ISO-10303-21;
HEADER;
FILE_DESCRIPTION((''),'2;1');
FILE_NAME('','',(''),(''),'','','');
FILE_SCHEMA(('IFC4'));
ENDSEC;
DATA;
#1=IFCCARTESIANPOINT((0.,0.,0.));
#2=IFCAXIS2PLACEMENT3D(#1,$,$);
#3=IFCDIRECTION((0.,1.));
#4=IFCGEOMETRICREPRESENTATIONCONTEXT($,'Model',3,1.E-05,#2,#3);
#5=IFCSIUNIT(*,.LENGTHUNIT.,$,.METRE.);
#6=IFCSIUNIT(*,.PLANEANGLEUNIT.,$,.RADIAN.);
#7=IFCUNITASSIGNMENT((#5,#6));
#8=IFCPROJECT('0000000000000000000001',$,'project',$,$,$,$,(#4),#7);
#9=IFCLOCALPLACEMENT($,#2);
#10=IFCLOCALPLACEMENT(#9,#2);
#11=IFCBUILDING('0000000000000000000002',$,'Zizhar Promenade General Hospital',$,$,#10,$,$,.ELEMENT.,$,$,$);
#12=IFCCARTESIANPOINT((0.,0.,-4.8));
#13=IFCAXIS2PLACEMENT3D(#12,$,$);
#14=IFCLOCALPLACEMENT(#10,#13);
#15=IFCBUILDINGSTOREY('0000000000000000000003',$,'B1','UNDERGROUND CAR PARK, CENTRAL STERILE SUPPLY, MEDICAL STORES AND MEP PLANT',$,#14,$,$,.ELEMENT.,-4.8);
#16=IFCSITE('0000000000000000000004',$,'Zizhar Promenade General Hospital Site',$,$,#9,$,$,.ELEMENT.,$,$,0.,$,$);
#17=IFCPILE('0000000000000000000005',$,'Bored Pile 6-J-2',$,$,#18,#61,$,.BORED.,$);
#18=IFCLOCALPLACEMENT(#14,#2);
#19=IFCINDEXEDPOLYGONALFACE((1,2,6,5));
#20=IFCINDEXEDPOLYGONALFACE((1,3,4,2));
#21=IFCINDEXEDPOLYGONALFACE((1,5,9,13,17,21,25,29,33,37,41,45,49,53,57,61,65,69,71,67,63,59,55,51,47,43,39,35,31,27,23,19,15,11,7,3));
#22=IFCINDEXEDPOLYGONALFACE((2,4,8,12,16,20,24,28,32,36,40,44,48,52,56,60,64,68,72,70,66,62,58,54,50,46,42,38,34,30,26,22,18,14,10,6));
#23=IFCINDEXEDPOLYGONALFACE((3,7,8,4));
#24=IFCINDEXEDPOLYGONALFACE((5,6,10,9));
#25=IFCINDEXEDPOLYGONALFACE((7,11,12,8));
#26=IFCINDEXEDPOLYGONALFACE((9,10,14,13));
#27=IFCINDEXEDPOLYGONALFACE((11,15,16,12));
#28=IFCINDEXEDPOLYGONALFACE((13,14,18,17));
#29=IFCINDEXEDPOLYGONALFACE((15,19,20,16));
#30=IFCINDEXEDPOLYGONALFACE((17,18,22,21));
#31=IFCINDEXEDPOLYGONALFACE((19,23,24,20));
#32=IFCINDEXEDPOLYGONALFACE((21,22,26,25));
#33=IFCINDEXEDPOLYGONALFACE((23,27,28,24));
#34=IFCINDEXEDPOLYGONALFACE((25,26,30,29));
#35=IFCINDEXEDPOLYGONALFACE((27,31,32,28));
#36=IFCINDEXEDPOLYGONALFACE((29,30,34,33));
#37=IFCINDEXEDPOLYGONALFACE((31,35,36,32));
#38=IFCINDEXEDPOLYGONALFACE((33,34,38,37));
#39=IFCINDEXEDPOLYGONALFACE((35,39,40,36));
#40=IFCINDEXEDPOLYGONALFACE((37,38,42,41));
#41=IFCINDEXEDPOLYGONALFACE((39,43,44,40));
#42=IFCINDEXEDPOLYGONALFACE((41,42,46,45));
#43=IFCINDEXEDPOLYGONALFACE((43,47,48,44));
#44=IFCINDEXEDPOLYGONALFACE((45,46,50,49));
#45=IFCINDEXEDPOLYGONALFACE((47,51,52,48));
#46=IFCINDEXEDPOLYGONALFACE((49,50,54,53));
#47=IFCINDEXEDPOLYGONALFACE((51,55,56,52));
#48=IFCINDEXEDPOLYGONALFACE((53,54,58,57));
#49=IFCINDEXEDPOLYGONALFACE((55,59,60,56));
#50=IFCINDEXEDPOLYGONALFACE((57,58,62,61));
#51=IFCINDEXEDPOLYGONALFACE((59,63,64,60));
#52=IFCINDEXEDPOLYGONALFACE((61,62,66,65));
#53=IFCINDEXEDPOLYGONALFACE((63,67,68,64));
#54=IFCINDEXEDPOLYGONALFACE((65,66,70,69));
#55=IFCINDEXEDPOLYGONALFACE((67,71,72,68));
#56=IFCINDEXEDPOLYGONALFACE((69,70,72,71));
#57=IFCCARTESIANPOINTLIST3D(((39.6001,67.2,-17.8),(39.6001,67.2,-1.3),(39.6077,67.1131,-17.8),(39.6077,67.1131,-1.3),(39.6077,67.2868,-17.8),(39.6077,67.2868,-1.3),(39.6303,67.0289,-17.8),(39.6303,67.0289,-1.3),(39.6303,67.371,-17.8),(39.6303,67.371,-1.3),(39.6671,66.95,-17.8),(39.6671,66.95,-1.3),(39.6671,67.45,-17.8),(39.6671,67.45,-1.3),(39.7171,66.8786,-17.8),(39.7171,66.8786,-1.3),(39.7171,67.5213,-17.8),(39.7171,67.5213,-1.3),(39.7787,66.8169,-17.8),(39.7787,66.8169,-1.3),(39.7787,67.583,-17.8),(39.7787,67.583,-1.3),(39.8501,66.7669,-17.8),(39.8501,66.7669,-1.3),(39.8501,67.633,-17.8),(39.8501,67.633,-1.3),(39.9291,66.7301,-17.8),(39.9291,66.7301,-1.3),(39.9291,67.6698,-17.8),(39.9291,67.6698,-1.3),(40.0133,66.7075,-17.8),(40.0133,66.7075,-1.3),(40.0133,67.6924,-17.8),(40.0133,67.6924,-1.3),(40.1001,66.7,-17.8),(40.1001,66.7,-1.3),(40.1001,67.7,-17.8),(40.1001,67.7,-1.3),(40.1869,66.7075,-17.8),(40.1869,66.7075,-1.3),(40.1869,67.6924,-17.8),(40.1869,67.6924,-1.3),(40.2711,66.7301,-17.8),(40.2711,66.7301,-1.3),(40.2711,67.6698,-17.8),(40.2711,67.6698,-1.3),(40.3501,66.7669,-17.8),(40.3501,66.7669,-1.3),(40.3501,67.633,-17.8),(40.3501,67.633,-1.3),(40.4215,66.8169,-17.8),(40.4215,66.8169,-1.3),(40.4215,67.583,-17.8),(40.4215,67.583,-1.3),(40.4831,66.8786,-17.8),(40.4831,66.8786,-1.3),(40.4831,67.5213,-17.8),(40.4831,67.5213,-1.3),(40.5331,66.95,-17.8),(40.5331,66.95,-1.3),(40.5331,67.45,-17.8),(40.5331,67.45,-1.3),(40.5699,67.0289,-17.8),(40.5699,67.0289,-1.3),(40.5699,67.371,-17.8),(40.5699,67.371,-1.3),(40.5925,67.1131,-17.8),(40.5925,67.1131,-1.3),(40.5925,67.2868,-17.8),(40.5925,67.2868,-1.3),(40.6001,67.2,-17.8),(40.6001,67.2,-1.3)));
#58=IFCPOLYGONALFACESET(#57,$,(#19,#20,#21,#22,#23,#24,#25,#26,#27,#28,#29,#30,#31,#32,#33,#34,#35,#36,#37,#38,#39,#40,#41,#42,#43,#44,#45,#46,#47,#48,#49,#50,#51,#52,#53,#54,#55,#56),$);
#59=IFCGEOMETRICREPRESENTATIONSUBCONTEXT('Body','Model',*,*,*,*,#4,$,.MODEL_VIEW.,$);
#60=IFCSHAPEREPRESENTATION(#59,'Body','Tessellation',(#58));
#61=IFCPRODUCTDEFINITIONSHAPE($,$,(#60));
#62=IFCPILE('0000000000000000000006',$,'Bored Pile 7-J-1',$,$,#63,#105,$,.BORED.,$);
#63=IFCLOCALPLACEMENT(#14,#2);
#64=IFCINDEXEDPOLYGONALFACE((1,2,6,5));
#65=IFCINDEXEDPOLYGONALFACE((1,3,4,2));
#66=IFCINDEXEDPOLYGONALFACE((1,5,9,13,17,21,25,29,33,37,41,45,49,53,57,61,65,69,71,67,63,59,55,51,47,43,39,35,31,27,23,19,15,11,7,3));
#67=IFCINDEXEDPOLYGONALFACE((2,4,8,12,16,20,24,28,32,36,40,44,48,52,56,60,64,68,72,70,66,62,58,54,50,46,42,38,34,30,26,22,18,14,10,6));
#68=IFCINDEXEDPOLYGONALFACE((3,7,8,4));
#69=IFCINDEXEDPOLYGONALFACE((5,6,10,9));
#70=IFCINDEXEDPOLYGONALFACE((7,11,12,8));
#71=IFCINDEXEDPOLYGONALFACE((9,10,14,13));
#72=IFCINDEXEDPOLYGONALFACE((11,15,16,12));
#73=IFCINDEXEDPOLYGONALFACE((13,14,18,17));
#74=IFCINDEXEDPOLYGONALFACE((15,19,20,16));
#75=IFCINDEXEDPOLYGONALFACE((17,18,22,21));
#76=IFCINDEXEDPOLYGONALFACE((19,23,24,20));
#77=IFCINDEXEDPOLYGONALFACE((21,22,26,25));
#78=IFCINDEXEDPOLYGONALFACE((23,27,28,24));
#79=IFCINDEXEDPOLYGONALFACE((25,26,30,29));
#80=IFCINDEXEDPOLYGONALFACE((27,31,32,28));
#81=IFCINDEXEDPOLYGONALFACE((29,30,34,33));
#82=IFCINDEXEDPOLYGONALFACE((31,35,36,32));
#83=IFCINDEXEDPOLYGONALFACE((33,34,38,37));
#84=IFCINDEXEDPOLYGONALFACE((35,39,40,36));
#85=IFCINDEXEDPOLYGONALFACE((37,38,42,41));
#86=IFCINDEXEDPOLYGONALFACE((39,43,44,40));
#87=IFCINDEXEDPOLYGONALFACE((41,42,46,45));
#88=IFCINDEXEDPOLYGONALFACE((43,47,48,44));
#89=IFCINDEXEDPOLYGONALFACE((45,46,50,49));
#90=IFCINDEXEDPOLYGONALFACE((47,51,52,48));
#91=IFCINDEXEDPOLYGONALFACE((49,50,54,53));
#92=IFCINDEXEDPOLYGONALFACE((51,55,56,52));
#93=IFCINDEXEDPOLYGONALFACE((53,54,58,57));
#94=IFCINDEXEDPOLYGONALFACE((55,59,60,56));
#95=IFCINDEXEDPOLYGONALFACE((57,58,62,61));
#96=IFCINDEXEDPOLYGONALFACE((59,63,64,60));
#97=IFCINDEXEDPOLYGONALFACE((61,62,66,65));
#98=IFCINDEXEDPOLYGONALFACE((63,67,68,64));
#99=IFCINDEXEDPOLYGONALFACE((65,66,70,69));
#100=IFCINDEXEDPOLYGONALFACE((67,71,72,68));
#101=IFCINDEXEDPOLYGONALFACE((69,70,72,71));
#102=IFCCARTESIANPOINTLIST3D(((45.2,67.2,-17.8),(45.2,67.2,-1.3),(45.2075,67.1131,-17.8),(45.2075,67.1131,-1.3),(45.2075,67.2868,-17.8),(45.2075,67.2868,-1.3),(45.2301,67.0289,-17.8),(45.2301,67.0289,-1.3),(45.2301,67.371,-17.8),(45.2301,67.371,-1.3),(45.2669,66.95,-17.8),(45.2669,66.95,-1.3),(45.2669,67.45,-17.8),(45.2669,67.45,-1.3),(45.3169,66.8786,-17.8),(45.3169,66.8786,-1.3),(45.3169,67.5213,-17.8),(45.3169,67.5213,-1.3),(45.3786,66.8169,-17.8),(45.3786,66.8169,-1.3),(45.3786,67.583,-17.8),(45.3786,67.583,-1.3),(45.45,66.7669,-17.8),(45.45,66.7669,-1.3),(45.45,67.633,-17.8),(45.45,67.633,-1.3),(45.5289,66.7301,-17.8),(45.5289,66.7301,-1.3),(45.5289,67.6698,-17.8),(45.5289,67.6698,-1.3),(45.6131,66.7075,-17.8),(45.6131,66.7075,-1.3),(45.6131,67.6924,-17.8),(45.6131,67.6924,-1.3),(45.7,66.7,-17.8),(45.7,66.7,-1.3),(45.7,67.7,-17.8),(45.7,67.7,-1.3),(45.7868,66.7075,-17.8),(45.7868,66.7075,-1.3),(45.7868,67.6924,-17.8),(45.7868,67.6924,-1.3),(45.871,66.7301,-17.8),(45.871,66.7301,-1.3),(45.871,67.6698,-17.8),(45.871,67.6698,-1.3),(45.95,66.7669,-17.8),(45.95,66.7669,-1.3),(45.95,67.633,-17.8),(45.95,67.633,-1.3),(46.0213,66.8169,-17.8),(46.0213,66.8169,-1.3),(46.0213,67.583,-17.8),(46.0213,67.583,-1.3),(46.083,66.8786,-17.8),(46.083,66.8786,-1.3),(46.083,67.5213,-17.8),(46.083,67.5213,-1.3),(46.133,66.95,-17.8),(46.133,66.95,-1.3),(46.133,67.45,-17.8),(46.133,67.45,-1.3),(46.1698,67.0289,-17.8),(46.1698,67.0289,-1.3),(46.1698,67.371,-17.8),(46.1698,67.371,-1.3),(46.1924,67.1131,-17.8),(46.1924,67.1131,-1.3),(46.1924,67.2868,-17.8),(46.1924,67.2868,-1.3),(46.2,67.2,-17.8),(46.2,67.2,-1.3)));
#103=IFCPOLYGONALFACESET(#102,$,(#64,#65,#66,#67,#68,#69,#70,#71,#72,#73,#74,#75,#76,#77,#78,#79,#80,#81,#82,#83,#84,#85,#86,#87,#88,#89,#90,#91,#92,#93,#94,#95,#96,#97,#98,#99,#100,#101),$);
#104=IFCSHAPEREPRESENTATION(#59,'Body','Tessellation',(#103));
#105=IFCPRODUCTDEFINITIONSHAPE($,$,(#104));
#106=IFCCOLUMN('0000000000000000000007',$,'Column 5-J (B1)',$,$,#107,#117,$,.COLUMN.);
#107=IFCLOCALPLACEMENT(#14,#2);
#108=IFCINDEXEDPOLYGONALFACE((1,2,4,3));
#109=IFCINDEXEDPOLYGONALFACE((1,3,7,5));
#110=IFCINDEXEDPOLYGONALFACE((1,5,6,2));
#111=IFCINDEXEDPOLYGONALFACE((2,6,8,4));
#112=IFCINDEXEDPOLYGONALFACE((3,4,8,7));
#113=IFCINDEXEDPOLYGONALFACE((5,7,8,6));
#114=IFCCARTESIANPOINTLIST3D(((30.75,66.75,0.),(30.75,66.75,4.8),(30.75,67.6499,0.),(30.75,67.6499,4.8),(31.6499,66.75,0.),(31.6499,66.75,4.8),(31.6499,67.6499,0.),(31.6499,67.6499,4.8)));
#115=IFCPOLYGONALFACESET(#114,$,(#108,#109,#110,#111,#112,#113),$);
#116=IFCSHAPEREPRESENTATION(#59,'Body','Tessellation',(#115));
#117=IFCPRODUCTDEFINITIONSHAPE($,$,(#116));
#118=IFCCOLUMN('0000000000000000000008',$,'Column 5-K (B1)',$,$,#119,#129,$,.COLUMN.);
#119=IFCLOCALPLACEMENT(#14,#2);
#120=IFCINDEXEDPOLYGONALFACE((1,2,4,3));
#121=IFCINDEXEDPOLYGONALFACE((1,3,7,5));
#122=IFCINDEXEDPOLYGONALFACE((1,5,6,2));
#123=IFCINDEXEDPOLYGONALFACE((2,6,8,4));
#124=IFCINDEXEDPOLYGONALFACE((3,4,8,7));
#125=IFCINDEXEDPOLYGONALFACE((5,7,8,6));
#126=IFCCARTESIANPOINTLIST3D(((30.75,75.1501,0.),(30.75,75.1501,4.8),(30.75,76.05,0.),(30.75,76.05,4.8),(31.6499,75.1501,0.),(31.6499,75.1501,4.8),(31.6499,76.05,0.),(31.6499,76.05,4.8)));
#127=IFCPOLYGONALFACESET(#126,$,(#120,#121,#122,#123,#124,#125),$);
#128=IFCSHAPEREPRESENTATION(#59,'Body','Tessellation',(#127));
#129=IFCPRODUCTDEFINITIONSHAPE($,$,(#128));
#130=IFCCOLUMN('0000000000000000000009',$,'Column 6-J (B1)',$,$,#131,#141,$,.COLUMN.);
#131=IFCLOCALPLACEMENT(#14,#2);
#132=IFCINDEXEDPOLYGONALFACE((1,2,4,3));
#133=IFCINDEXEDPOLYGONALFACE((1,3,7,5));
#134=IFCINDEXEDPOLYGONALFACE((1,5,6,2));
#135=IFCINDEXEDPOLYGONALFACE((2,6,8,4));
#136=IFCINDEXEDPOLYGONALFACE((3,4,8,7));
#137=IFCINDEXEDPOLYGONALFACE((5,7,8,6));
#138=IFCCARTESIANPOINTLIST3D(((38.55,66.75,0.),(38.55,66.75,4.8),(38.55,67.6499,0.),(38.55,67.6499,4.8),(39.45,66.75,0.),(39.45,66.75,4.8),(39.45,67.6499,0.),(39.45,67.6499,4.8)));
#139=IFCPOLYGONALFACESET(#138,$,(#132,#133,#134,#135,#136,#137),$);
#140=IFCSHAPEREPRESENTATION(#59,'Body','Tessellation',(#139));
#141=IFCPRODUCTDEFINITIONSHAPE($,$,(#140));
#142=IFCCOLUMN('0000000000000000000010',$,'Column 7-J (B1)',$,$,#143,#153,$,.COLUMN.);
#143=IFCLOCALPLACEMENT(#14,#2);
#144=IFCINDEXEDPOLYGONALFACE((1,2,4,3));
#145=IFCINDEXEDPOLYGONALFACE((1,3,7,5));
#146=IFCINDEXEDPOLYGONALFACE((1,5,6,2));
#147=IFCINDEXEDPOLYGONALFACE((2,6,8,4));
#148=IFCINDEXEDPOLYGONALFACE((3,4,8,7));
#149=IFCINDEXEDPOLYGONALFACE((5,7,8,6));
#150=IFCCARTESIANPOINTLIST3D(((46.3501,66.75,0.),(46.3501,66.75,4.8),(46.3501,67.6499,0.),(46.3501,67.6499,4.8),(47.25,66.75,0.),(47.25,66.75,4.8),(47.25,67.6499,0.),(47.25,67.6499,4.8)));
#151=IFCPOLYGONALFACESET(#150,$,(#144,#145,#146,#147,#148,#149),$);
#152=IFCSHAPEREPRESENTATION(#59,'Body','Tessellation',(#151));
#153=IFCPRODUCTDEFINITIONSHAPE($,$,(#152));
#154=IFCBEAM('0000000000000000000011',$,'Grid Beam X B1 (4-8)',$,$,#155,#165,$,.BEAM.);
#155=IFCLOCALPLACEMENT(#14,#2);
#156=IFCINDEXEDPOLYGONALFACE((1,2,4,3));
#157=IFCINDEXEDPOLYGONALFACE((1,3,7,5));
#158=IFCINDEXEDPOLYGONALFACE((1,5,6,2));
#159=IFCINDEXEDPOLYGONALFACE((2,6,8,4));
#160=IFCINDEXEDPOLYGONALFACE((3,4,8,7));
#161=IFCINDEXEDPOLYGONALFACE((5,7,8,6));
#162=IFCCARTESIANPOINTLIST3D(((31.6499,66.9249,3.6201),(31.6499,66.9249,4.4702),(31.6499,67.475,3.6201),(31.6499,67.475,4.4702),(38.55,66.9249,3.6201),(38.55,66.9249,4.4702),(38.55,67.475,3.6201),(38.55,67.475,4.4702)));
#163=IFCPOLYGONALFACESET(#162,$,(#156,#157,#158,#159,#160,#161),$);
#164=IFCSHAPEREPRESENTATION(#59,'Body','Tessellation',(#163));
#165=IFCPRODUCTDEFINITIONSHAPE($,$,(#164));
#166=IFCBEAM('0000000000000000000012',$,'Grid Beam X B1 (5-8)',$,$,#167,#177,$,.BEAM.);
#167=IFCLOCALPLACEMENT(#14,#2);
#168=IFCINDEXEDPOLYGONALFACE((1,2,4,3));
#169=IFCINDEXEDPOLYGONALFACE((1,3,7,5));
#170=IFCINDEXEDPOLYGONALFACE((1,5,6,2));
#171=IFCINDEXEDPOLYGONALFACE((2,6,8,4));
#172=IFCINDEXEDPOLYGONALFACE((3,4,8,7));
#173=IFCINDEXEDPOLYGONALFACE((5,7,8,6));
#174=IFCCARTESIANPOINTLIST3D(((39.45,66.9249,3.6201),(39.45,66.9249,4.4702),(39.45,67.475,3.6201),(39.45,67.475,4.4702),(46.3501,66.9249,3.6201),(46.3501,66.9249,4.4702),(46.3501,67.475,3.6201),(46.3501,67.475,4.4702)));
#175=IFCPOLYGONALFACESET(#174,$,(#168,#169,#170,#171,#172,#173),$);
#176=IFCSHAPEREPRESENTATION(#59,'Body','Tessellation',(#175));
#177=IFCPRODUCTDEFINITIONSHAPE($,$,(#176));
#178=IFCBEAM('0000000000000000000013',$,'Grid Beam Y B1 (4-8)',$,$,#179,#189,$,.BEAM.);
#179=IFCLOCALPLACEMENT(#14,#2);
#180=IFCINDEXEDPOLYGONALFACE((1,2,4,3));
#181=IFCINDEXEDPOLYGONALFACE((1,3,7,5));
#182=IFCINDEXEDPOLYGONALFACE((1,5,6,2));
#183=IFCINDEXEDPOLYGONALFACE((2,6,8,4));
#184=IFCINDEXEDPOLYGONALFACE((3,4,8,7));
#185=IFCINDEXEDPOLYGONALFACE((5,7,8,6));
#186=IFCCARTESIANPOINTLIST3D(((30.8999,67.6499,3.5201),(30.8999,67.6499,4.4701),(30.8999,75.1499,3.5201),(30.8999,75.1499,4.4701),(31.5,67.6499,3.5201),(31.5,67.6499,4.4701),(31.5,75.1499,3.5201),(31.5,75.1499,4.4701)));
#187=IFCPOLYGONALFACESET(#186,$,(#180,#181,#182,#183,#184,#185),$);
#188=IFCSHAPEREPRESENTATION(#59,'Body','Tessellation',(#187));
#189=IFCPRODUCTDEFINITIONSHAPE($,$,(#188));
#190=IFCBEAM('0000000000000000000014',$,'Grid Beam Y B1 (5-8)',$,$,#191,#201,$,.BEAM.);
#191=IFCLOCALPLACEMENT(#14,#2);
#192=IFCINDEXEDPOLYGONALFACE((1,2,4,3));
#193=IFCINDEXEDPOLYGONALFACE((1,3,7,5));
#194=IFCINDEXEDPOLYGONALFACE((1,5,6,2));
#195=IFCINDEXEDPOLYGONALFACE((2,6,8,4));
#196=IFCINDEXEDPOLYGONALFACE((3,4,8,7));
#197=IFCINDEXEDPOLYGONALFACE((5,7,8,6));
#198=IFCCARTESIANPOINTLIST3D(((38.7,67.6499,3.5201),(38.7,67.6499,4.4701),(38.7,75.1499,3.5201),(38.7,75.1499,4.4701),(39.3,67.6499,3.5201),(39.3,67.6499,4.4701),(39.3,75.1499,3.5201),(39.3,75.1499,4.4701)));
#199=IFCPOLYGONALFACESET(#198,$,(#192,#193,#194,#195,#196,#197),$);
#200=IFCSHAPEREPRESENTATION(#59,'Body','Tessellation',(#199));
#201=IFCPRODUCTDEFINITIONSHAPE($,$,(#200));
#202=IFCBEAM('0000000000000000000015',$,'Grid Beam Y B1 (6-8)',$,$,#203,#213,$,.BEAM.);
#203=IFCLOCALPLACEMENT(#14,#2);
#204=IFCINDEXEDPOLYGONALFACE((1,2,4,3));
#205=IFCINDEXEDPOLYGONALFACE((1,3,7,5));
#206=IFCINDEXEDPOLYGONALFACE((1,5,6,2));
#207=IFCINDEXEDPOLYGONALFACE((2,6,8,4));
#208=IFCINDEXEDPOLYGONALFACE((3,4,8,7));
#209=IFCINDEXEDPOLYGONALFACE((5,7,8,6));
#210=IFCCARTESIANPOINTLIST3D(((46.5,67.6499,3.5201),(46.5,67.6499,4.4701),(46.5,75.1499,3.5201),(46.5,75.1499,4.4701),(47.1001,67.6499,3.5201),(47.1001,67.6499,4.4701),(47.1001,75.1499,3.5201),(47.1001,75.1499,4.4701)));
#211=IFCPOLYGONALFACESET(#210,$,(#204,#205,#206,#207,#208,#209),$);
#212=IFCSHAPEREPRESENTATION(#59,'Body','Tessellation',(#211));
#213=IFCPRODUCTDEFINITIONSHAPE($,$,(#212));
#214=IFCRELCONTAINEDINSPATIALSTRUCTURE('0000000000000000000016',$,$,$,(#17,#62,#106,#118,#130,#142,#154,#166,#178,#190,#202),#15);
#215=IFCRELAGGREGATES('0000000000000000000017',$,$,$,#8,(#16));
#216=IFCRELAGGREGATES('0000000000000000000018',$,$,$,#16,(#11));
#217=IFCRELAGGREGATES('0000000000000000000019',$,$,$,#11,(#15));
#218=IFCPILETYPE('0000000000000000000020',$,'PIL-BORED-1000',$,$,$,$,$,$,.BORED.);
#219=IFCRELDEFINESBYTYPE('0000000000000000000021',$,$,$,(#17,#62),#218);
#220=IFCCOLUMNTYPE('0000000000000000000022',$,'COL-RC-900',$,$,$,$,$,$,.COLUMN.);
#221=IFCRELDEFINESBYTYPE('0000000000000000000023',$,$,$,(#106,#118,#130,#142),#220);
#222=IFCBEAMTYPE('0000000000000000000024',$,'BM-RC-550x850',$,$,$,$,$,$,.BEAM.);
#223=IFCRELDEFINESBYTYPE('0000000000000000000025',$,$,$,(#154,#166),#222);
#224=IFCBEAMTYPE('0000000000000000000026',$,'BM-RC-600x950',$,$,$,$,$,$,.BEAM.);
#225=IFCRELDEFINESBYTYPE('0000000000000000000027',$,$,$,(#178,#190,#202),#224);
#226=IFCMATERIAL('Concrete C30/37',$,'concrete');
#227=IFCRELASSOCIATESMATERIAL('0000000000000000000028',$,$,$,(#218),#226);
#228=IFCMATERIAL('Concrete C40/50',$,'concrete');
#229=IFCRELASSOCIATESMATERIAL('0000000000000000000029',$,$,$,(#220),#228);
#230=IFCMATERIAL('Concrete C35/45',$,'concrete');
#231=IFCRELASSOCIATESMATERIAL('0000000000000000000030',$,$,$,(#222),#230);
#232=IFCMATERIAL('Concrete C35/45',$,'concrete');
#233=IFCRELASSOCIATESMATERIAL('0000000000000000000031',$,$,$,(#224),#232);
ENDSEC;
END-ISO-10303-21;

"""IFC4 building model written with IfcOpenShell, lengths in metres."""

from ifc_helpers import new_model, si_unit, direction, frame, origin, origin_2d, place, context, subcontext, project, spatial, rectangle, circle, extrude, material, material_profile, profile_set, type_object, element, save


model = new_model("IFC4")

# Units and contexts
model_context = context("Model", 3, precision=1e-05, world=origin(), true_north=direction((0.0, 1.0)))
body_context = subcontext(model_context, "Body", "Model", "MODEL_VIEW")
ifc_project = project(units=[si_unit("LENGTHUNIT", "METRE"), si_unit("PLANEANGLEUNIT", "RADIAN")], contexts=[model_context])

# Site, building, storey
site_placement = place(None, origin())
site = spatial("IfcSite", under=ifc_project, at=site_placement, Name="Zizhar Promenade General Hospital Site", CompositionType="ELEMENT", RefElevation=0.0)
building_placement = place(site_placement, origin())
building = spatial("IfcBuilding", under=site, at=building_placement, Name="Zizhar Promenade General Hospital", CompositionType="ELEMENT")
storey_placement = place(building_placement, frame((0.0, 0.0, -4.8)))
storey = spatial("IfcBuildingStorey", under=building, at=storey_placement, Name="B1", Description="UNDERGROUND CAR PARK, CENTRAL STERILE SUPPLY, MEDICAL STORES AND MEP PLANT", CompositionType="ELEMENT", Elevation=-4.8)

# Piles
ifc_material_1 = material(Name="Concrete C30/37", Category="concrete")
ifc_material_profile_1 = material_profile(ifc_material_1, circle(Radius=0.5, at=origin_2d()))
ifc_profile_set_1 = profile_set([ifc_material_profile_1], Name="Concrete C30/37")
pile_type = type_object("IfcPileType", Name="PIL-BORED-1000", PredefinedType="BORED", material=ifc_profile_set_1)
for number, where, z_axis, x_axis, name in (
    (1, (40.1001, 67.2, -1.3), (0.0, 0.0, -1.0), (1.0, 0.0, 0.0), "Bored Pile 6-J-2"),
    (2, (45.7, 67.2, -1.3), (0.0, 0.0, -1.0), (1.0, 0.0, 0.0), "Bored Pile 7-J-1"),
):
    element("IfcPile", number, at=place(storey_placement, frame(where, z_axis=z_axis, x_axis=x_axis)), inside=storey, type_object=pile_type, Name=name, PredefinedType="BORED", context=body_context, shape_type="SweptSolid", body=[
        extrude(circle(Radius=0.5, at=origin_2d()), origin(), (0.0, 0.0, 1.0), 16.5),
    ])

# Columns
ifc_material_2 = material(Name="Concrete C40/50", Category="concrete")
ifc_material_profile_2 = material_profile(ifc_material_2, rectangle(XDim=0.8999, YDim=0.8999, at=origin_2d()))
ifc_profile_set_2 = profile_set([ifc_material_profile_2], Name="Concrete C40/50")
column_type = type_object("IfcColumnType", Name="COL-RC-900", PredefinedType="COLUMN", material=ifc_profile_set_2)
for number, where, z_axis, x_axis, name in (
    (3, (31.2, 67.2, 0.0), (0.0, 0.0, 1.0), (1.0, 0.0, 0.0), "Column 5-J (B1)"),
    (4, (31.2, 75.6001, 0.0), (0.0, 0.0, 1.0), (1.0, 0.0, 0.0), "Column 5-K (B1)"),
    (5, (39.0, 67.2, 0.0), (0.0, 0.0, 1.0), (1.0, 0.0, 0.0), "Column 6-J (B1)"),
    (6, (46.8, 67.2, 0.0), (0.0, 0.0, 1.0), (1.0, 0.0, 0.0), "Column 7-J (B1)"),
):
    element("IfcColumn", number, at=place(storey_placement, frame(where, z_axis=z_axis, x_axis=x_axis)), inside=storey, type_object=column_type, Name=name, PredefinedType="COLUMN", context=body_context, shape_type="SweptSolid", body=[
        extrude(rectangle(XDim=0.8999, YDim=0.8999, at=origin_2d()), origin(), (0.0, 0.0, 1.0), 4.8),
    ])

# Beams
ifc_material_3 = material(Name="Concrete C35/45", Category="concrete")
ifc_material_profile_3 = material_profile(ifc_material_3, rectangle(XDim=0.55, YDim=0.8501, at=origin_2d()))
ifc_profile_set_3 = profile_set([ifc_material_profile_3], Name="Concrete C35/45")
beam_type_1 = type_object("IfcBeamType", Name="BM-RC-550x850", PredefinedType="BEAM", material=ifc_profile_set_3)
for number, where, z_axis, x_axis, name in (
    (7, (31.6499, 67.2, 4.0452), (1.0, 0.0, 0.0), (0.0, 1.0, 0.0), "Grid Beam X B1 (4-8)"),
    (8, (39.45, 67.2, 4.0452), (1.0, 0.0, 0.0), (0.0, 1.0, 0.0), "Grid Beam X B1 (5-8)"),
):
    element("IfcBeam", number, at=place(storey_placement, frame(where, z_axis=z_axis, x_axis=x_axis)), inside=storey, type_object=beam_type_1, Name=name, PredefinedType="BEAM", context=body_context, shape_type="SweptSolid", body=[
        extrude(rectangle(XDim=0.55, YDim=0.8501, at=origin_2d()), origin(), (0.0, 0.0, 1.0), 6.9001),
    ])
ifc_material_4 = material(Name="Concrete C35/45", Category="concrete")
ifc_material_profile_4 = material_profile(ifc_material_4, rectangle(XDim=0.6001, YDim=0.95, at=origin_2d()))
ifc_profile_set_4 = profile_set([ifc_material_profile_4], Name="Concrete C35/45")
beam_type_2 = type_object("IfcBeamType", Name="BM-RC-600x950", PredefinedType="BEAM", material=ifc_profile_set_4)
for number, where, z_axis, x_axis, name in (
    (9, (31.2, 67.6499, 3.9951), (0.0, 1.0, 0.0), (-1.0, 0.0, 0.0), "Grid Beam Y B1 (4-8)"),
    (10, (39.0, 67.6499, 3.9951), (0.0, 1.0, 0.0), (-1.0, 0.0, 0.0), "Grid Beam Y B1 (5-8)"),
    (11, (46.8, 67.6499, 3.9951), (0.0, 1.0, 0.0), (-1.0, 0.0, 0.0), "Grid Beam Y B1 (6-8)"),
):
    element("IfcBeam", number, at=place(storey_placement, frame(where, z_axis=z_axis, x_axis=x_axis)), inside=storey, type_object=beam_type_2, Name=name, PredefinedType="BEAM", context=body_context, shape_type="SweptSolid", body=[
        extrude(rectangle(XDim=0.6001, YDim=0.95, at=origin_2d()), origin(), (0.0, 0.0, 1.0), 7.5),
    ])

save(model, "model.ifc")
